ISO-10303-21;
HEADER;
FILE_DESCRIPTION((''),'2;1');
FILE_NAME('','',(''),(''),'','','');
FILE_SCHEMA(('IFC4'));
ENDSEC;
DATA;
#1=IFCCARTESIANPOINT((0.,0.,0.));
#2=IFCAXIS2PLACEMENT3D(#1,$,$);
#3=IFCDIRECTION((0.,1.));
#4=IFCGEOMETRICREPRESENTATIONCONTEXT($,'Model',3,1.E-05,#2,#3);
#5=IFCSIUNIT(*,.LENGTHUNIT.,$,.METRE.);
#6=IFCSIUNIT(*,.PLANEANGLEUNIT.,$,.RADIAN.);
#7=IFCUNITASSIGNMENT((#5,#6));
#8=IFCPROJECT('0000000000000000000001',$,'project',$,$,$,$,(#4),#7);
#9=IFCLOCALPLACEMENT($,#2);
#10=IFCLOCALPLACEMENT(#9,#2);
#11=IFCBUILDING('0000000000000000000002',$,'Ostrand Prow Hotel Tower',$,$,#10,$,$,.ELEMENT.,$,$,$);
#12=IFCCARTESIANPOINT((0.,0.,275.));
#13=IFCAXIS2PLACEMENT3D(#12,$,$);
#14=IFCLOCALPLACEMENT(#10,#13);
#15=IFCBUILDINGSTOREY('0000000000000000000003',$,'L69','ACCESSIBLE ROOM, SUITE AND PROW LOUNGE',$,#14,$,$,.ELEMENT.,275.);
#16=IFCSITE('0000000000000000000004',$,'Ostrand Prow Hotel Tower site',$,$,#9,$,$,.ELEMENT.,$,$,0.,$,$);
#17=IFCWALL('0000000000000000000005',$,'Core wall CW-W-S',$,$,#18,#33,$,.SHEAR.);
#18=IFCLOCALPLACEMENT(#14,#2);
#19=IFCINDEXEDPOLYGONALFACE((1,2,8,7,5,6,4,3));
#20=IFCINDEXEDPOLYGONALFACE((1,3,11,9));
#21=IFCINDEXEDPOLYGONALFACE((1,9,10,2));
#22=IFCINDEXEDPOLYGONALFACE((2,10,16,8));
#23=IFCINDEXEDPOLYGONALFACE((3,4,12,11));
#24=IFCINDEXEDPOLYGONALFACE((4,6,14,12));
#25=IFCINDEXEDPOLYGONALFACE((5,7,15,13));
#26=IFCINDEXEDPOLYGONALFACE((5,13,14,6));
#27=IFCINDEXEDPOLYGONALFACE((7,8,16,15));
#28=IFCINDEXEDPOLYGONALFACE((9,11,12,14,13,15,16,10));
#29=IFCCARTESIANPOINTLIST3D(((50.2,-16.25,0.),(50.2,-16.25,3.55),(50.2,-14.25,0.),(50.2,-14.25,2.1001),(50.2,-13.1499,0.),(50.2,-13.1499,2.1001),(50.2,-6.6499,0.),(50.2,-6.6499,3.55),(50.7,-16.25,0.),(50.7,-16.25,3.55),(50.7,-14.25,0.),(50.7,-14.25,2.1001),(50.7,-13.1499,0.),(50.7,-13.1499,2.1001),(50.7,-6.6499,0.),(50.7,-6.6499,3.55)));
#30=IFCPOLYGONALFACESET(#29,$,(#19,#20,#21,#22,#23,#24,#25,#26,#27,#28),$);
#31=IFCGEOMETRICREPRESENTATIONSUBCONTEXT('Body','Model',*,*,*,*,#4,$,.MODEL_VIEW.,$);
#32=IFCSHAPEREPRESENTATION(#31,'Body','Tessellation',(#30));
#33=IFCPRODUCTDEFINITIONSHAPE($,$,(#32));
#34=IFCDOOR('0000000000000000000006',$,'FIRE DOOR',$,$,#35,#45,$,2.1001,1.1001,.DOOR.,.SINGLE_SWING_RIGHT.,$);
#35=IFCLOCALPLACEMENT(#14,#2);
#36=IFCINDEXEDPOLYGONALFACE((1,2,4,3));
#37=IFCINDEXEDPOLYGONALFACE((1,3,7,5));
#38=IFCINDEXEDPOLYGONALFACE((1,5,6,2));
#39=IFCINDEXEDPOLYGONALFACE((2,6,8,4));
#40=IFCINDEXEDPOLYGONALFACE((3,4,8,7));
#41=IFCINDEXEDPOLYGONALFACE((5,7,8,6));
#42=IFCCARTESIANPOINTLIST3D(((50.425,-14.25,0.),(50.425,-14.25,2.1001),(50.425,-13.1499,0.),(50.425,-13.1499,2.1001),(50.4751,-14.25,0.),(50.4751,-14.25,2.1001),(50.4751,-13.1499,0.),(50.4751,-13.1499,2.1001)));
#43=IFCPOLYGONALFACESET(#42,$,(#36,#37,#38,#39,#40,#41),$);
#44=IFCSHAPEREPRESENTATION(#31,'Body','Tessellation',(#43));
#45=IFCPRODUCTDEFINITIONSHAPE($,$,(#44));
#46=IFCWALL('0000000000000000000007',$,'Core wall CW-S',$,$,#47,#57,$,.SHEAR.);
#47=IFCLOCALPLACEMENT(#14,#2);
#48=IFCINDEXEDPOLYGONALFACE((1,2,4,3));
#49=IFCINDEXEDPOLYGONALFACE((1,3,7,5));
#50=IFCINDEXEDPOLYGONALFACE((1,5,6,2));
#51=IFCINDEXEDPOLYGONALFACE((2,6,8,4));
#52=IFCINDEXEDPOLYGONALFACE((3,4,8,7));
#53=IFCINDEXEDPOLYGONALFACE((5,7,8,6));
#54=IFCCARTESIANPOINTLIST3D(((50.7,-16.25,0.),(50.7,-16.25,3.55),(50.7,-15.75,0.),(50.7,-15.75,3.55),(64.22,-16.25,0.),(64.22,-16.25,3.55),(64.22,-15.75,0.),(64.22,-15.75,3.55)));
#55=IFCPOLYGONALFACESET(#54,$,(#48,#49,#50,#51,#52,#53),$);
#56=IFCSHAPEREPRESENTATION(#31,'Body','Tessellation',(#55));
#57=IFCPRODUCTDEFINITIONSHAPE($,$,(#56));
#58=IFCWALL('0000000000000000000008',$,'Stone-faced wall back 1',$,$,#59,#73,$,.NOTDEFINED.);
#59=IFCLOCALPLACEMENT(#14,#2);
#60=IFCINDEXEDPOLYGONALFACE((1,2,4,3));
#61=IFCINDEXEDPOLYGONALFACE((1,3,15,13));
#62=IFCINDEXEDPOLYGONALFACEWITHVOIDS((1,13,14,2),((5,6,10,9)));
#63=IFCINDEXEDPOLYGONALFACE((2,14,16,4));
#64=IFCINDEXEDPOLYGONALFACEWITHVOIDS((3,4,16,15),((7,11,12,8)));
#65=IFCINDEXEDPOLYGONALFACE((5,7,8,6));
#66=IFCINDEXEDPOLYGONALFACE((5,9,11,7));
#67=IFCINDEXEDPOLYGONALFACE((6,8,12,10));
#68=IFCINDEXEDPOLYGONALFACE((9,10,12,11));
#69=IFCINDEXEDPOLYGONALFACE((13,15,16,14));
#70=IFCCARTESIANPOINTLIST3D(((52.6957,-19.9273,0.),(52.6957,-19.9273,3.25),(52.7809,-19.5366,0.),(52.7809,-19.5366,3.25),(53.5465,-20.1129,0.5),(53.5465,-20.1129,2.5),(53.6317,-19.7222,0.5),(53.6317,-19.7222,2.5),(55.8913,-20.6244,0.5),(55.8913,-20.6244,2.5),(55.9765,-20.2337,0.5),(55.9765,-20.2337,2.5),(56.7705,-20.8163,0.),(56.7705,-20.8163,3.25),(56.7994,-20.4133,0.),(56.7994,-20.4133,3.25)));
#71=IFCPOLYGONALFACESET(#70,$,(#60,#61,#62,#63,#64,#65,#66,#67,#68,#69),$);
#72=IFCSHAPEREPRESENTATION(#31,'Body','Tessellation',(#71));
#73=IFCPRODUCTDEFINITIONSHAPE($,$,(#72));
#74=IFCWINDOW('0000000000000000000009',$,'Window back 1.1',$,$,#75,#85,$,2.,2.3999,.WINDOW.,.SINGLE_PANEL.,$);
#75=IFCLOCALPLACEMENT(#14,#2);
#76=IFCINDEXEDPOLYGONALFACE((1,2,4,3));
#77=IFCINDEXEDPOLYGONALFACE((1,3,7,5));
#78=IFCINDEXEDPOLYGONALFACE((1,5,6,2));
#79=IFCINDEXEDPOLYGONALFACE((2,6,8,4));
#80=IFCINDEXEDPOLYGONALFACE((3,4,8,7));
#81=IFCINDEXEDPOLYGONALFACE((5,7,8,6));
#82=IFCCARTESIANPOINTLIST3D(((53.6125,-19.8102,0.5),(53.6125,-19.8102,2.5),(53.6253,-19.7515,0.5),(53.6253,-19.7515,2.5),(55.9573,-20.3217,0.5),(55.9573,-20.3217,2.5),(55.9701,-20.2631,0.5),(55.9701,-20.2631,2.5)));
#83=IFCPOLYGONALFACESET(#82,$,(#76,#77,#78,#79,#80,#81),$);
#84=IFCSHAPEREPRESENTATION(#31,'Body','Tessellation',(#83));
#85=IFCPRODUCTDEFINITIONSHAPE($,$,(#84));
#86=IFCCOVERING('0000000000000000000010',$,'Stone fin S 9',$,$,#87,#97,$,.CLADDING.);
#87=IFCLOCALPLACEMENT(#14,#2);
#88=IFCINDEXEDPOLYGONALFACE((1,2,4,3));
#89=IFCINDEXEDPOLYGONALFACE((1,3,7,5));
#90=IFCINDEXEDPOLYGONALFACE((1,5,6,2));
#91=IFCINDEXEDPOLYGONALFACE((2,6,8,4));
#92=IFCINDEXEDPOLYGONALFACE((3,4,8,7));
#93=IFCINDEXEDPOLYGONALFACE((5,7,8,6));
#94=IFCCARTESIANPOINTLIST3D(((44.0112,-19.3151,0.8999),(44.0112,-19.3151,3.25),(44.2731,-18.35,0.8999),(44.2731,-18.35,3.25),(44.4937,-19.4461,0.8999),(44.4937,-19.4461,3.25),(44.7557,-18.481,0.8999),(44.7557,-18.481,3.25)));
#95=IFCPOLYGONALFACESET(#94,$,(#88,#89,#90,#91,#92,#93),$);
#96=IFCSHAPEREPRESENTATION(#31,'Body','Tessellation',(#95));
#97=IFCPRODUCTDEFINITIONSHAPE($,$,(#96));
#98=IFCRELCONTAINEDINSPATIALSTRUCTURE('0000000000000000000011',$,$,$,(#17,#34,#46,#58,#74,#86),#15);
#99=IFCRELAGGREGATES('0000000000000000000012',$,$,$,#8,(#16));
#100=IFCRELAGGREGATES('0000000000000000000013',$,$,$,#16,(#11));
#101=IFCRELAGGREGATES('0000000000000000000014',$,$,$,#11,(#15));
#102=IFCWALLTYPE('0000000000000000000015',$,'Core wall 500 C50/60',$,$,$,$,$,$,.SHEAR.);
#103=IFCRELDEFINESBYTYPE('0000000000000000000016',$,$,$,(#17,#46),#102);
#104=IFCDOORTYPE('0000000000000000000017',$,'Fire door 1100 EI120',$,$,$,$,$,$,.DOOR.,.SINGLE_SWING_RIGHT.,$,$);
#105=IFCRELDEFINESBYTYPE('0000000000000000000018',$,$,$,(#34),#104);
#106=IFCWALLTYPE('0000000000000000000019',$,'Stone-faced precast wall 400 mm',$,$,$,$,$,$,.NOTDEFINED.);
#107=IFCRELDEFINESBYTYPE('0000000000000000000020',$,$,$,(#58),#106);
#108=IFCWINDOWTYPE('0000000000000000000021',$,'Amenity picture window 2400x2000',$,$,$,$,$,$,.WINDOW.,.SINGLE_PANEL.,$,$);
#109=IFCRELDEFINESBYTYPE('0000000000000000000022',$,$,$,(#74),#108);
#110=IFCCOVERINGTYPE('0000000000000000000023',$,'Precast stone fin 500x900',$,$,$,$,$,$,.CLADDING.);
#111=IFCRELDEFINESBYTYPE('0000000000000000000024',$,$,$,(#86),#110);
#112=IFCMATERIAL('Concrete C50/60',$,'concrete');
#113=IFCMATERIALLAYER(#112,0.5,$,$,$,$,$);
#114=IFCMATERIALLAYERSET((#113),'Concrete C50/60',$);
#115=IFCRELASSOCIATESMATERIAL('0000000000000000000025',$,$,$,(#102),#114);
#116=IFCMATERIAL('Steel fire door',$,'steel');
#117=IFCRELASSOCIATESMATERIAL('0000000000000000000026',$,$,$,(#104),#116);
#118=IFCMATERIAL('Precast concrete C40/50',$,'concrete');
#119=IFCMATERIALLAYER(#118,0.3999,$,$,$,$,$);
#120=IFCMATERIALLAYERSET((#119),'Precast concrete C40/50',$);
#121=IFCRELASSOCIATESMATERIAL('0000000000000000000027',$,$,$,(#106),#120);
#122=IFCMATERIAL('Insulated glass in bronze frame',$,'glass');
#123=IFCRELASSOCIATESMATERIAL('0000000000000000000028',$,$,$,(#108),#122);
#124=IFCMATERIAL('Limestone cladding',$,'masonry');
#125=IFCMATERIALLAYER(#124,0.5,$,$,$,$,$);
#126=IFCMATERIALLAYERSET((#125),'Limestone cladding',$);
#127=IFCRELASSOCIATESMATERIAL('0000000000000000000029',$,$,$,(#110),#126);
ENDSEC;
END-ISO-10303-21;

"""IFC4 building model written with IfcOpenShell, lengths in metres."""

from ifc_helpers import new_model, si_unit, direction, frame, frame_2d, origin, place, context, subcontext, project, spatial, polyline, rectangle, outline, extrude, material, layer, layer_set, type_object, element, fill, save


model = new_model("IFC4")

# Units and contexts
model_context = context("Model", 3, precision=1e-05, world=origin(), true_north=direction((0.0, 1.0)))
body_context = subcontext(model_context, "Body", "Model", "MODEL_VIEW")
ifc_project = project(units=[si_unit("LENGTHUNIT", "METRE"), si_unit("PLANEANGLEUNIT", "RADIAN")], contexts=[model_context])

# Site, building, storey
site_placement = place(None, origin())
site = spatial("IfcSite", under=ifc_project, at=site_placement, Name="Ostrand Prow Hotel Tower site", CompositionType="ELEMENT", RefElevation=0.0)
building_placement = place(site_placement, origin())
building = spatial("IfcBuilding", under=site, at=building_placement, Name="Ostrand Prow Hotel Tower", CompositionType="ELEMENT")
storey_placement = place(building_placement, frame((0.0, 0.0, 275.0)))
storey = spatial("IfcBuildingStorey", under=building, at=storey_placement, Name="L69", Description="ACCESSIBLE ROOM, SUITE AND PROW LOUNGE", CompositionType="ELEMENT", Elevation=275.0)

# Wall, opening, door
ifc_material_1 = material(Name="Concrete C50/60", Category="concrete")
ifc_layer_1 = layer(ifc_material_1, 0.5)
ifc_layer_set_1 = layer_set([ifc_layer_1], Name="Concrete C50/60")
wall_type_1 = type_object("IfcWallType", Name="Core wall 500 C50/60", PredefinedType="SHEAR", material=ifc_layer_set_1)
wall_1_placement = place(storey_placement, frame((50.45, -16.25, 0.0), z_axis=(0.0, 0.0, 1.0), x_axis=(0.0, 1.0, 0.0)))
wall_1 = element("IfcWall", 1, at=wall_1_placement, inside=storey, type_object=wall_type_1, Name="Core wall CW-W-S", PredefinedType="SHEAR", context=body_context, shape_type="SweptSolid", body=[
    extrude(rectangle(XDim=9.6001, YDim=0.5, at=frame_2d((4.8, 0.0))), origin(), (0.0, 0.0, 1.0), 3.55),
])
opening_1_placement = place(wall_1_placement, frame((2.0, 0.0, 0.0)))
opening_1 = element("IfcOpeningElement", 2, at=opening_1_placement, cuts=wall_1, PredefinedType="OPENING", context=body_context, shape_type="SweptSolid", body=[
    extrude(rectangle(XDim=1.1001, YDim=2.1001, at=frame_2d((0.55, 1.05))), frame((0.0, 0.26, 0.0), z_axis=(0.0, -1.0, 0.0), x_axis=(1.0, 0.0, 0.0)), (0.0, 0.0, 1.0), 0.52),
])
ifc_material_2 = material(Name="Steel fire door", Category="steel")
door_type = type_object("IfcDoorType", Name="Fire door 1100 EI120", OperationType="SINGLE_SWING_RIGHT", PredefinedType="DOOR", material=ifc_material_2)
door_placement = place(opening_1_placement, origin())
door = element("IfcDoor", 3, at=door_placement, inside=storey, type_object=door_type, Name="FIRE DOOR", OperationType="SINGLE_SWING_RIGHT", OverallHeight=2.1001, OverallWidth=1.1001, PredefinedType="DOOR", context=body_context, shape_type="SweptSolid", body=[
    extrude(rectangle(XDim=1.1001, YDim=2.1001, at=frame_2d((0.55, 1.05))), frame((0.0, 0.0249, 0.0), z_axis=(0.0, -1.0, 0.0), x_axis=(1.0, 0.0, 0.0)), (0.0, 0.0, 1.0), 0.05),
])
fill(opening_1, door)

# Wall
wall_2_placement = place(storey_placement, frame((50.7, -16.0, 0.0), z_axis=(0.0, 0.0, 1.0), x_axis=(1.0, 0.0, 0.0)))
element("IfcWall", 4, at=wall_2_placement, inside=storey, type_object=wall_type_1, Name="Core wall CW-S", PredefinedType="SHEAR", context=body_context, shape_type="SweptSolid", body=[
    extrude(rectangle(XDim=13.52, YDim=0.5, at=frame_2d((6.76, 0.0))), origin(), (0.0, 0.0, 1.0), 3.55),
])

# Wall, opening, window
ifc_material_3 = material(Name="Precast concrete C40/50", Category="concrete")
ifc_layer_2 = layer(ifc_material_3, 0.3999)
ifc_layer_set_2 = layer_set([ifc_layer_2], Name="Precast concrete C40/50")
wall_type_2 = type_object("IfcWallType", Name="Stone-faced precast wall 400 mm", PredefinedType="NOTDEFINED", material=ifc_layer_set_2)
wall_3_placement = place(storey_placement, frame((52.7383, -19.7319, 0.0), z_axis=(0.0, 0.0, 1.0), x_axis=(0.97702, -0.213147, 0.0)))
wall_3 = element("IfcWall", 5, at=wall_3_placement, inside=storey, type_object=wall_type_2, Name="Stone-faced wall back 1", PredefinedType="NOTDEFINED", context=body_context, shape_type="SweptSolid", body=[
    extrude(outline(polyline([(0.0, -0.2), (4.1707, -0.2), (4.113, 0.2), (0.0, 0.2), (0.0, -0.2)])), origin(), (0.0, 0.0, 1.0), 3.25),
])
opening_2_placement = place(wall_3_placement, frame((0.8708, 0.0, 0.5)))
opening_2 = element("IfcOpeningElement", 6, at=opening_2_placement, cuts=wall_3, PredefinedType="OPENING", context=body_context, shape_type="SweptSolid", body=[
    extrude(rectangle(XDim=2.3999, YDim=2.0, at=frame_2d((1.2, 1.0))), frame((0.0, 0.21, 0.0), z_axis=(0.0, -1.0, 0.0), x_axis=(1.0, 0.0, 0.0)), (0.0, 0.0, 1.0), 0.4199),
])
ifc_material_4 = material(Name="Insulated glass in bronze frame", Category="glass")
window_type = type_object("IfcWindowType", Name="Amenity picture window 2400x2000", PartitioningType="SINGLE_PANEL", PredefinedType="WINDOW", material=ifc_material_4)
window_placement = place(opening_2_placement, origin())
window = element("IfcWindow", 7, at=window_placement, inside=storey, type_object=window_type, Name="Window back 1.1", OverallHeight=2.0, OverallWidth=2.3999, PartitioningType="SINGLE_PANEL", PredefinedType="WINDOW", context=body_context, shape_type="SweptSolid", body=[
    extrude(rectangle(XDim=2.3999, YDim=2.0, at=frame_2d((1.2, 1.0))), frame((0.0, 0.1699, 0.0), z_axis=(0.0, -1.0, 0.0), x_axis=(1.0, 0.0, 0.0)), (0.0, 0.0, 1.0), 0.0601),
])
fill(opening_2, window)

# Covering
ifc_material_5 = material(Name="Limestone cladding", Category="masonry")
ifc_layer_3 = layer(ifc_material_5, 0.5)
ifc_layer_set_3 = layer_set([ifc_layer_3], Name="Limestone cladding")
covering_type = type_object("IfcCoveringType", Name="Precast stone fin 500x900", PredefinedType="CLADDING", material=ifc_layer_set_3)
covering_placement = place(storey_placement, frame((44.5144, -18.4155, 0.8999), z_axis=(0.0, 0.0, 1.0), x_axis=(-0.26196, -0.965079, 0.0)))
element("IfcCovering", 8, at=covering_placement, inside=storey, type_object=covering_type, Name="Stone fin S 9", PredefinedType="CLADDING", context=body_context, shape_type="SweptSolid", body=[
    extrude(rectangle(XDim=1.0, YDim=0.5, at=frame_2d((0.5, 0.0))), origin(), (0.0, 0.0, 1.0), 2.3501),
])

save(model, "model.ifc")
